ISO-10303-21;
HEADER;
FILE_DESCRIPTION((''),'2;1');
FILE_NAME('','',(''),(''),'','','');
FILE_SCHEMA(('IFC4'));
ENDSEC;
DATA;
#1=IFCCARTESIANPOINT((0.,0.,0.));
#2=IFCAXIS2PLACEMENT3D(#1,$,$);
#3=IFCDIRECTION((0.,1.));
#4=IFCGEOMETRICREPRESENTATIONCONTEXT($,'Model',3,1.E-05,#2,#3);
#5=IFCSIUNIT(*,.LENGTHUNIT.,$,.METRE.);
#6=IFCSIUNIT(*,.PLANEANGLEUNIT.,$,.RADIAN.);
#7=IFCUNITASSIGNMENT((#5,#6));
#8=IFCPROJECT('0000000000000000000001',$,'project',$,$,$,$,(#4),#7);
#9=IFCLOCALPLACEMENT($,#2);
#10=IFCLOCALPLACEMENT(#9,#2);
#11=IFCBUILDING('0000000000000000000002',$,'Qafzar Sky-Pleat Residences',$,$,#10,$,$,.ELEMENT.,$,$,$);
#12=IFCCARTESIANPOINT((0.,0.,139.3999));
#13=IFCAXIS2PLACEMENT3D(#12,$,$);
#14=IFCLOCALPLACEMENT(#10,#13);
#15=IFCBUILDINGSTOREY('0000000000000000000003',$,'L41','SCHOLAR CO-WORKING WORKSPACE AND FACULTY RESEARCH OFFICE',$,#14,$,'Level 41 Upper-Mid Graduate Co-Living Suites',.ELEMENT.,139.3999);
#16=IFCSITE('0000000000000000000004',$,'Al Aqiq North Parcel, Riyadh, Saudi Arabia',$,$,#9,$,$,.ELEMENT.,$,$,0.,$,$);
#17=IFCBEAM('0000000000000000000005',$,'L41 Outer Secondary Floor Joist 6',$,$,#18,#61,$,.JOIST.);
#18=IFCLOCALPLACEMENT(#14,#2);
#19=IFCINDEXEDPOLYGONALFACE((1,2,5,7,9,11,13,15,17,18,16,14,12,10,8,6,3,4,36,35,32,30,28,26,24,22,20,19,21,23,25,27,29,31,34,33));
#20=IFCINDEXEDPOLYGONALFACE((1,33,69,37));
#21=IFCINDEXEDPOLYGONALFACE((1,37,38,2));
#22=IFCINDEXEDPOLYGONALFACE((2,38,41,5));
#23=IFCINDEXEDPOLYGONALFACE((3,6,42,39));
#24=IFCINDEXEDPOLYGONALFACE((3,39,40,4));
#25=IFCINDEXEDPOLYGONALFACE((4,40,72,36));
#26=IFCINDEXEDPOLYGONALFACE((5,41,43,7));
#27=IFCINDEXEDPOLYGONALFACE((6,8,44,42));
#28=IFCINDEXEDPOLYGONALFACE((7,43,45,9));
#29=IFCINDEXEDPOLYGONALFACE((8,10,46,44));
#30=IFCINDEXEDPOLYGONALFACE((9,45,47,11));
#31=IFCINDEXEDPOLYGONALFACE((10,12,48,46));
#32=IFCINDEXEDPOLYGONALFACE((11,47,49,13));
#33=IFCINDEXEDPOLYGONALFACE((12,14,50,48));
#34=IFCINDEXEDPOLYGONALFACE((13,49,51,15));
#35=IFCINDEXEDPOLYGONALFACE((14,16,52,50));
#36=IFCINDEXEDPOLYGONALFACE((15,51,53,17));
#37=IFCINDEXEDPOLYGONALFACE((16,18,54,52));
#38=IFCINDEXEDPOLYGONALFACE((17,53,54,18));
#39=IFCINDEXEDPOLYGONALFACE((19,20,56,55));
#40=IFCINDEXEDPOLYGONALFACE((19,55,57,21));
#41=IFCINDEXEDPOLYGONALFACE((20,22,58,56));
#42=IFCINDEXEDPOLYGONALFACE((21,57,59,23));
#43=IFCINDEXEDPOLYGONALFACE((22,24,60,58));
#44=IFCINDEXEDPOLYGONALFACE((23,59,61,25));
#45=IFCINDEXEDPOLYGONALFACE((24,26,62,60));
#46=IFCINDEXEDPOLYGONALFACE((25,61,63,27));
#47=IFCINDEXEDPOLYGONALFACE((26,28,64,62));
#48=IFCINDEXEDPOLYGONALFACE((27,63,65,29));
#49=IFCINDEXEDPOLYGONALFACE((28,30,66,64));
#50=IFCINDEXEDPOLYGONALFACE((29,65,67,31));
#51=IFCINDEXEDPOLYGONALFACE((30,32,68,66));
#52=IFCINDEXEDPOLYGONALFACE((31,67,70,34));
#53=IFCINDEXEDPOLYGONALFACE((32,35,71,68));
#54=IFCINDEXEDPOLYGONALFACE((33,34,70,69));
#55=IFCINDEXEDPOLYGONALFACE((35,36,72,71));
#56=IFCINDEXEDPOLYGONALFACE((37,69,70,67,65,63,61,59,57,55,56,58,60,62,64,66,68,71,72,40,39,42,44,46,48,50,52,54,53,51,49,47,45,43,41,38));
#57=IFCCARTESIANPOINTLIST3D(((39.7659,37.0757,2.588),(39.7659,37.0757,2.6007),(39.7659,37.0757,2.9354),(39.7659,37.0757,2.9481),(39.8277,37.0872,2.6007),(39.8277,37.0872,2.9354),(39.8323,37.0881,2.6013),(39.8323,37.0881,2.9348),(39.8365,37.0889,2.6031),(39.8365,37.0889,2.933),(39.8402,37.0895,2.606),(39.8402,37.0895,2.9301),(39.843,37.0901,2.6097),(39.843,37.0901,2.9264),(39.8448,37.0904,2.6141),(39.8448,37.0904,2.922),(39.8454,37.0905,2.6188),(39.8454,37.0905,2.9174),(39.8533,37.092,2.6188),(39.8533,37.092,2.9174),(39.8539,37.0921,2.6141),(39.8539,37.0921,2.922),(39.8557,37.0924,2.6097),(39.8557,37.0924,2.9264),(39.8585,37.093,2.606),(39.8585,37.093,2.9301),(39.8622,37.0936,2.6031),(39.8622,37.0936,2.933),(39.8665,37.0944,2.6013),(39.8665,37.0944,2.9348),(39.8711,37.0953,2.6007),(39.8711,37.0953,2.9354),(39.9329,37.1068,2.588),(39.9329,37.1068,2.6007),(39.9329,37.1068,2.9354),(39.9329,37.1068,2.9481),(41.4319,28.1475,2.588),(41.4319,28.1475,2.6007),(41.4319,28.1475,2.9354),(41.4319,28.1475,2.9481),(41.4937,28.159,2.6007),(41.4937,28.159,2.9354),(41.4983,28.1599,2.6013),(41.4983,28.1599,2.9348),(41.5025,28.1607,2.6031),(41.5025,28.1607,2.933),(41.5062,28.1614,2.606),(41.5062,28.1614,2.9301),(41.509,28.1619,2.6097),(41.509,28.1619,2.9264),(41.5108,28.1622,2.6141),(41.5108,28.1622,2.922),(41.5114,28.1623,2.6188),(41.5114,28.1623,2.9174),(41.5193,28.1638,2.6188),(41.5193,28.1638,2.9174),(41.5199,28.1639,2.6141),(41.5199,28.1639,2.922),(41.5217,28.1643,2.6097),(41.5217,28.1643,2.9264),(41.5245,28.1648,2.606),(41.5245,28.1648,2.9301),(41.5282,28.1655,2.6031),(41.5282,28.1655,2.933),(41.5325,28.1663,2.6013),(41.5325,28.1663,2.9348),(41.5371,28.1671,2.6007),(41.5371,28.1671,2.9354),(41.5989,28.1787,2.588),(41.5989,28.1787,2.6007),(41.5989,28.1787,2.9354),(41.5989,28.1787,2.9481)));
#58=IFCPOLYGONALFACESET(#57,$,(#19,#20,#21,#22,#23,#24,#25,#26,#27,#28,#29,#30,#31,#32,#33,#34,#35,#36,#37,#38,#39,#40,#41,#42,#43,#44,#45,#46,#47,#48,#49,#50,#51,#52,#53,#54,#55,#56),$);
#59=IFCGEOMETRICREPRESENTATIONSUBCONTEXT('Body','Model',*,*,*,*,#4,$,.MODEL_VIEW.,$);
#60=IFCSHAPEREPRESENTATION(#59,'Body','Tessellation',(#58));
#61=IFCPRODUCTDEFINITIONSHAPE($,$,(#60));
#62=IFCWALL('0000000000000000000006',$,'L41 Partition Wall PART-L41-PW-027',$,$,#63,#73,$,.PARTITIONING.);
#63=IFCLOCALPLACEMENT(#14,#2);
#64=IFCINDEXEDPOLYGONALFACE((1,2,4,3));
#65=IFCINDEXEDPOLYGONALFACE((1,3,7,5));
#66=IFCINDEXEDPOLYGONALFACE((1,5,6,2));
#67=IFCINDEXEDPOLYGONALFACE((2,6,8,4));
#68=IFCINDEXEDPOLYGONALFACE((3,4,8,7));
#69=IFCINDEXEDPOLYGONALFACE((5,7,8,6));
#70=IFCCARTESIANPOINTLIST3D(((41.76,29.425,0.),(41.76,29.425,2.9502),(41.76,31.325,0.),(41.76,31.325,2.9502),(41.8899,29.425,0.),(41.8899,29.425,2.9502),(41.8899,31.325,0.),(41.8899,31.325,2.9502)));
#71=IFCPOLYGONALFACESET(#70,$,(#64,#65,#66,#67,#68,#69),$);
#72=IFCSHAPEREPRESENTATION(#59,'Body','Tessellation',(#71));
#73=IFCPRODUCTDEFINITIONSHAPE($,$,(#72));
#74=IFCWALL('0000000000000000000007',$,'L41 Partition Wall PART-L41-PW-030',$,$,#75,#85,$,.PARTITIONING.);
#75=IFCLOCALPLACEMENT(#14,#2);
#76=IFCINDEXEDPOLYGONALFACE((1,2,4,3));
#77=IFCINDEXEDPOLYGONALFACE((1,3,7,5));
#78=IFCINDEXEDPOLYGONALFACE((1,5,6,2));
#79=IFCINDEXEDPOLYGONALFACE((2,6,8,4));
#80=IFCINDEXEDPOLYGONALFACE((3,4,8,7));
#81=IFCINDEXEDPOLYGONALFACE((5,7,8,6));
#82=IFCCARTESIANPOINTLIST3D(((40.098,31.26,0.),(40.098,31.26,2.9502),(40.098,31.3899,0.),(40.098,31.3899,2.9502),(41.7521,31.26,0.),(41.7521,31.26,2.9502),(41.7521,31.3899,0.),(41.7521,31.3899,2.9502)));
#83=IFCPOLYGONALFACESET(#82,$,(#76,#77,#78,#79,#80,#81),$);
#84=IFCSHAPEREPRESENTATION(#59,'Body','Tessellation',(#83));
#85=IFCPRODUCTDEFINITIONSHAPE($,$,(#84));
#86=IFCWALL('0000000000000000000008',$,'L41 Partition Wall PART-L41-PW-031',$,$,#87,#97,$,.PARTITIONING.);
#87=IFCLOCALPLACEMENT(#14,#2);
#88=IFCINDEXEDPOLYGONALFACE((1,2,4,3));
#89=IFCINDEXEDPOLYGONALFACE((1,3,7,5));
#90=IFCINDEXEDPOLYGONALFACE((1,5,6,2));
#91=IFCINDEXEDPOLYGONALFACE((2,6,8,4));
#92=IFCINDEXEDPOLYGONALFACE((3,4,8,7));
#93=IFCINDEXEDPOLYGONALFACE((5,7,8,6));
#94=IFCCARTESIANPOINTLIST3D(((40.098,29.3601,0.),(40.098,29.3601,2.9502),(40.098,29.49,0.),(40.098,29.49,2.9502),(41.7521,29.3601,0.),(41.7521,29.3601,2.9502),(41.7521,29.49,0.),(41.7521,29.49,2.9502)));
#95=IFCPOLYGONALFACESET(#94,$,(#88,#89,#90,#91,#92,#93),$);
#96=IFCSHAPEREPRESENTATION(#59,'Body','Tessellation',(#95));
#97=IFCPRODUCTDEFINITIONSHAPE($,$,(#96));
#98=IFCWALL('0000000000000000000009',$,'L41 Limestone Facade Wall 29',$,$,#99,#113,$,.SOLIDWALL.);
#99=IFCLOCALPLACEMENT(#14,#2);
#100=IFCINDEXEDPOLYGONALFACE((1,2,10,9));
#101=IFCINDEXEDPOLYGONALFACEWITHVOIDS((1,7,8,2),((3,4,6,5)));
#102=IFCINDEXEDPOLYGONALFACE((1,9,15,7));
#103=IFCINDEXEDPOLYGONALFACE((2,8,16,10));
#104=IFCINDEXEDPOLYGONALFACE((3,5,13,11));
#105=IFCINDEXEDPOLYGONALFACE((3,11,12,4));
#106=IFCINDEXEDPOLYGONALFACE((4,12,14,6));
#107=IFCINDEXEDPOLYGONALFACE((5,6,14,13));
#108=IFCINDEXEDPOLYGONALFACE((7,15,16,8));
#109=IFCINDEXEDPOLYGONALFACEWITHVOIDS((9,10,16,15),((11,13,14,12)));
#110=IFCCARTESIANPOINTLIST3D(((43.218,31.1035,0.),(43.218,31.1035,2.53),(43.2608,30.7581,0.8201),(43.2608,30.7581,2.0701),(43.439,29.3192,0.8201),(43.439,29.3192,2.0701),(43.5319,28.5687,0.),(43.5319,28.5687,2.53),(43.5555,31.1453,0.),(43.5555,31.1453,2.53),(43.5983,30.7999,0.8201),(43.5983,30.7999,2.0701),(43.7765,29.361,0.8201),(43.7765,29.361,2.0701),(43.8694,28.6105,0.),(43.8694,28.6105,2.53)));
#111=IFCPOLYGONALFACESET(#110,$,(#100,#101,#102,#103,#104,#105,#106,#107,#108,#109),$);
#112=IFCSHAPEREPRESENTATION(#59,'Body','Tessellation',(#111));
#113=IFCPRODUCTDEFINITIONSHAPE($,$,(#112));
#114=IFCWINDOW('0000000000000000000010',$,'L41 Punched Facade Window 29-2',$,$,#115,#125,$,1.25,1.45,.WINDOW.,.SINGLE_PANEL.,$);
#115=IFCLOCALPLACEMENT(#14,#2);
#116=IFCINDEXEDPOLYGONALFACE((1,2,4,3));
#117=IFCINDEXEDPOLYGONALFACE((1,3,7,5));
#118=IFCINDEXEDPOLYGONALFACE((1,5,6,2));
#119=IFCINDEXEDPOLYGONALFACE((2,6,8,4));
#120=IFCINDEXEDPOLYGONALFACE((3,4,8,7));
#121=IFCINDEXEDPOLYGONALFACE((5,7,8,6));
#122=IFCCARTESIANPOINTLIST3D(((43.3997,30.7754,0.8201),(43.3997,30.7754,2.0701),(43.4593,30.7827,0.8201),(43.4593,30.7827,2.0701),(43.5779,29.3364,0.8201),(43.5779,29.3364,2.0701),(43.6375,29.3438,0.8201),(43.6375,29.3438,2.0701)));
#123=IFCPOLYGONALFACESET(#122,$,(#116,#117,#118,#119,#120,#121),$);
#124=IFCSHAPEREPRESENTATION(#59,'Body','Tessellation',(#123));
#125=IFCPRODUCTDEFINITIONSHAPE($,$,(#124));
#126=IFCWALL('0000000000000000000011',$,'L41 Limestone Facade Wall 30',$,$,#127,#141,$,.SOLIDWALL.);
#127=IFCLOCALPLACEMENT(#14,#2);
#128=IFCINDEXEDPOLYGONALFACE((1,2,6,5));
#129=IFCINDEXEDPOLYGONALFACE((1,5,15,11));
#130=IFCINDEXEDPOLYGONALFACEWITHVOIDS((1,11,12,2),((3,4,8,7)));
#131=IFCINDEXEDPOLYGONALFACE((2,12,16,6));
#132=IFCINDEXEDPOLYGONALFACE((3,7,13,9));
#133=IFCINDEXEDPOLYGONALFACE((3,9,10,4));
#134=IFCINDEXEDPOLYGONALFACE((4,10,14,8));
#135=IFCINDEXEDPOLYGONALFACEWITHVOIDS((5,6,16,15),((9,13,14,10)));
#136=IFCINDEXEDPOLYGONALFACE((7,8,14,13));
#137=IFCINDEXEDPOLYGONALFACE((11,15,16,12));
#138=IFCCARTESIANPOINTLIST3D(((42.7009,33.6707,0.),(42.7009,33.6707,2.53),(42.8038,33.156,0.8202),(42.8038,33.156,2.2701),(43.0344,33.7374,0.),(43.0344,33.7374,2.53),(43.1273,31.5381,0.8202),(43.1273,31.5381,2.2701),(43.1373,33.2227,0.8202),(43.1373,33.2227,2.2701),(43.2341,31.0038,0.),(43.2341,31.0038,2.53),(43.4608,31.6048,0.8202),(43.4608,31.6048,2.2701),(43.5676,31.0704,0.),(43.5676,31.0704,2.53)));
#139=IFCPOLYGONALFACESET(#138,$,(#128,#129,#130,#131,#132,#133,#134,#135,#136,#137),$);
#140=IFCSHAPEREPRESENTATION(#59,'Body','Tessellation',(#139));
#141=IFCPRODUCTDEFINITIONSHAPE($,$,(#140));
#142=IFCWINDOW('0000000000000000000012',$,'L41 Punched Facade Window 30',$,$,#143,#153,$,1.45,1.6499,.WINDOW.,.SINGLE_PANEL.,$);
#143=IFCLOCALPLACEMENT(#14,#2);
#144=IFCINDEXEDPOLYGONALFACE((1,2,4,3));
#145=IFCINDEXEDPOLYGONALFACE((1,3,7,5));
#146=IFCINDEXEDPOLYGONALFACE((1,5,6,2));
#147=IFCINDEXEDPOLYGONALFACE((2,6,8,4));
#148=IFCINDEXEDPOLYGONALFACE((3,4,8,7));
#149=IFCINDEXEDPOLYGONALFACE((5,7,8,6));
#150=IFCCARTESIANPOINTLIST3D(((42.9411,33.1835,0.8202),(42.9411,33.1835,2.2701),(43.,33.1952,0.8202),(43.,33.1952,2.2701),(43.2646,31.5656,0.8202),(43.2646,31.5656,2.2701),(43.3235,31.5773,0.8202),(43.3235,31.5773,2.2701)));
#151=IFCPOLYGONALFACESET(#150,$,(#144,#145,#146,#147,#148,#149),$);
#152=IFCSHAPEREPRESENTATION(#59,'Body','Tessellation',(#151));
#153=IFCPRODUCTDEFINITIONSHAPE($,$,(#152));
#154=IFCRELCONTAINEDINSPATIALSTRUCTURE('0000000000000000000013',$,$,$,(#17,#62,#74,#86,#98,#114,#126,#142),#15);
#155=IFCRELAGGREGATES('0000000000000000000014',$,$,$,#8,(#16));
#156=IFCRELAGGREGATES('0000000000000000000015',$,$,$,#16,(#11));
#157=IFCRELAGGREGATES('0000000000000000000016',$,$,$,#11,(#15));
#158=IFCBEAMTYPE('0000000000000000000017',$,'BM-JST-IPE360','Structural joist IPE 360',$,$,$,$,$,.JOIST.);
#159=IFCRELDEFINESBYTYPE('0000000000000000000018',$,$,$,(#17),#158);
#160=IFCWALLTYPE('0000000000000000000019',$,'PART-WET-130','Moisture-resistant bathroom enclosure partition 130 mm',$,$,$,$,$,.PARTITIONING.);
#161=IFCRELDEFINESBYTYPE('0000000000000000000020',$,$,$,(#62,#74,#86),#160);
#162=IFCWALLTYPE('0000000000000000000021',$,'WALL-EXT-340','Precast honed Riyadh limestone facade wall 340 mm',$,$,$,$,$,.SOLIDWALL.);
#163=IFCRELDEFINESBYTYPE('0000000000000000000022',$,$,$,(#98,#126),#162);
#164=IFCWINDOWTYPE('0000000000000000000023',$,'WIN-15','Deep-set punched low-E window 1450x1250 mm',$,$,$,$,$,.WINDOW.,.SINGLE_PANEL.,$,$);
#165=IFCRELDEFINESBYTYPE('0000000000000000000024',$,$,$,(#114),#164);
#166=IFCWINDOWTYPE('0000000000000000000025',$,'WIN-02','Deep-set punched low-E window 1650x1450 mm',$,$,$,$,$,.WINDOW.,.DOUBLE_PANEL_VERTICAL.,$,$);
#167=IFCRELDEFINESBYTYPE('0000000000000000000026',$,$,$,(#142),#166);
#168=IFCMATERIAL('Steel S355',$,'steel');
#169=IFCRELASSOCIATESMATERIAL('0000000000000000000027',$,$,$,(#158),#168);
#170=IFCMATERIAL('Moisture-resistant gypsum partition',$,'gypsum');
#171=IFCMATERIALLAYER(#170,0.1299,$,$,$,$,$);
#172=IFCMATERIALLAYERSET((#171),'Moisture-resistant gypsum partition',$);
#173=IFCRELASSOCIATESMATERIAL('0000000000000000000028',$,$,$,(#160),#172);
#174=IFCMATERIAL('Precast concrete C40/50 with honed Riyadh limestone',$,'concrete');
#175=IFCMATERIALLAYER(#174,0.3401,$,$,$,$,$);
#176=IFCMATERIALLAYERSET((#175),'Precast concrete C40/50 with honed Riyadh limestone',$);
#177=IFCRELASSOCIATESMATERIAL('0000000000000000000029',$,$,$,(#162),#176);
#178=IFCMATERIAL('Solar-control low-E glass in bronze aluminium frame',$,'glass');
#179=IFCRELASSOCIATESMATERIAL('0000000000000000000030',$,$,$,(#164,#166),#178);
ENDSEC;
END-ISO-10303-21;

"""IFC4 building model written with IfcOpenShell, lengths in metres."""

from ifc_helpers import new_model, si_unit, direction, frame, frame_2d, origin, origin_2d, place, context, subcontext, project, spatial, rectangle, i_section, extrude, source, transform, mapped, material, layer, layer_set, material_profile, profile_set, type_object, element, fill, save


model = new_model("IFC4")

# Units and contexts
model_context = context("Model", 3, precision=1e-05, world=origin(), true_north=direction((0.0, 1.0)))
body_context = subcontext(model_context, "Body", "Model", "MODEL_VIEW")
ifc_project = project(units=[si_unit("LENGTHUNIT", "METRE"), si_unit("PLANEANGLEUNIT", "RADIAN")], contexts=[model_context])

# Site, building, storey
site_placement = place(None, origin())
site = spatial("IfcSite", under=ifc_project, at=site_placement, Name="Al Aqiq North Parcel, Riyadh, Saudi Arabia", CompositionType="ELEMENT", RefElevation=0.0)
building_placement = place(site_placement, origin())
building = spatial("IfcBuilding", under=site, at=building_placement, Name="Qafzar Sky-Pleat Residences", CompositionType="ELEMENT")
storey_placement = place(building_placement, frame((0.0, 0.0, 139.3999)))
storey = spatial("IfcBuildingStorey", under=building, at=storey_placement, Name="L41", Description="SCHOLAR CO-WORKING WORKSPACE AND FACULTY RESEARCH OFFICE", LongName="Level 41 Upper-Mid Graduate Co-Living Suites", CompositionType="ELEMENT", Elevation=139.3999)

# Shared definitions
ifc_material_1 = material(Name="Steel S355", Category="steel")

# Beam
ifc_material_profile_1 = material_profile(ifc_material_1, i_section(OverallWidth=0.1699, OverallDepth=0.3601, WebThickness=0.0081, FlangeThickness=0.0127, FilletRadius=0.0181, at=origin_2d()), Name="IPE 360")
ifc_profile_set_1 = profile_set([ifc_material_profile_1], Name="Steel S355")
beam_type_1 = type_object("IfcBeamType", Name="BM-JST-IPE360", Description="Structural joist IPE 360", PredefinedType="JOIST", material=ifc_profile_set_1)
shared_shape_1 = source(origin(), body_context, "Body", "SweptSolid", [
    extrude(i_section(OverallWidth=0.1699, OverallDepth=0.3601, WebThickness=0.0081, FlangeThickness=0.0127, FilletRadius=0.0181, at=origin_2d()), origin(), (0.0, 0.0, 1.0), 9.0823),
])
beam_1_placement = place(storey_placement, frame((41.5154, 28.1631, 2.7681), z_axis=(-0.183435, 0.983032, 0.0), x_axis=(-0.983032, -0.183435, 0.0)))
element("IfcBeam", 1, at=beam_1_placement, inside=storey, type_object=beam_type_1, Name="L41 Outer Secondary Floor Joist 6", PredefinedType="JOIST", context=body_context, shape_type="MappedRepresentation", body=[
    mapped(shared_shape_1, transform((0.0, 0.0, 0.0), x_axis=(1.0, 0.0, 0.0), y_axis=(0.0, 1.0, 0.0), z_axis=(0.0, 0.0, 1.0), scale=1.0)),
])

# Walls
ifc_material_2 = material(Name="Moisture-resistant gypsum partition", Category="gypsum")
ifc_layer_1 = layer(ifc_material_2, 0.1299)
ifc_layer_set_1 = layer_set([ifc_layer_1], Name="Moisture-resistant gypsum partition")
wall_type_1 = type_object("IfcWallType", Name="PART-WET-130", Description="Moisture-resistant bathroom enclosure partition 130 mm", PredefinedType="PARTITIONING", material=ifc_layer_set_1)
wall_1_placement = place(storey_placement, frame((41.825, 29.425, 0.0), z_axis=(0.0, 0.0, 1.0), x_axis=(0.0, 1.0, 0.0)))
element("IfcWall", 2, at=wall_1_placement, inside=storey, type_object=wall_type_1, Name="L41 Partition Wall PART-L41-PW-027", PredefinedType="PARTITIONING", context=body_context, shape_type="SweptSolid", body=[
    extrude(rectangle(XDim=1.8999, YDim=0.1299, at=frame_2d((0.95, 0.0))), origin(), (0.0, 0.0, 1.0), 2.9502),
])
for number, where, z_axis, x_axis, name in (
    (3, (40.0979, 31.325, 0.0), (0.0, 0.0, 1.0), (1.0, 0.0, 0.0), "L41 Partition Wall PART-L41-PW-030"),
    (4, (40.0979, 29.425, 0.0), (0.0, 0.0, 1.0), (1.0, 0.0, 0.0), "L41 Partition Wall PART-L41-PW-031"),
):
    element("IfcWall", number, at=place(storey_placement, frame(where, z_axis=z_axis, x_axis=x_axis)), inside=storey, type_object=wall_type_1, Name=name, PredefinedType="PARTITIONING", context=body_context, shape_type="SweptSolid", body=[
        extrude(rectangle(XDim=1.6541, YDim=0.1299, at=frame_2d((0.8271, 0.0))), origin(), (0.0, 0.0, 1.0), 2.9502),
    ])

# Walls, openings, windows
ifc_material_3 = material(Name="Precast concrete C40/50 with honed Riyadh limestone", Category="concrete")
ifc_layer_2 = layer(ifc_material_3, 0.3401)
ifc_layer_set_2 = layer_set([ifc_layer_2], Name="Precast concrete C40/50 with honed Riyadh limestone")
wall_type_2 = type_object("IfcWallType", Name="WALL-EXT-340", Description="Precast honed Riyadh limestone facade wall 340 mm", PredefinedType="SOLIDWALL", material=ifc_layer_set_2)
wall_2_placement = place(storey_placement, frame((43.7007, 28.5896, 0.0), z_axis=(0.0, 0.0, 1.0), x_axis=(-0.122917, 0.992417, 0.0)))
wall_2 = element("IfcWall", 5, at=wall_2_placement, inside=storey, type_object=wall_type_2, Name="L41 Limestone Facade Wall 29", PredefinedType="SOLIDWALL", context=body_context, shape_type="SweptSolid", body=[
    extrude(rectangle(XDim=2.5542, YDim=0.3401, at=frame_2d((1.2771, 0.0))), origin(), (0.0, 0.0, 1.0), 2.53),
])
opening_1_placement = place(wall_2_placement, frame((0.7561, 0.0, 0.8201)))
opening_1 = element("IfcOpeningElement", 6, at=opening_1_placement, cuts=wall_2, PredefinedType="OPENING", context=body_context, shape_type="SweptSolid", body=[
    extrude(rectangle(XDim=1.45, YDim=1.25, at=frame_2d((0.7251, 0.625))), frame((0.0, 0.1802, 0.0), z_axis=(0.0, -1.0, 0.0), x_axis=(1.0, 0.0, 0.0)), (0.0, 0.0, 1.0), 0.3601),
])
ifc_material_4 = material(Name="Solar-control low-E glass in bronze aluminium frame", Category="glass")
window_type_1 = type_object("IfcWindowType", Name="WIN-15", Description="Deep-set punched low-E window 1450x1250 mm", PartitioningType="SINGLE_PANEL", PredefinedType="WINDOW", material=ifc_material_4)
shared_shape_2 = source(origin(), body_context, "Body", "SweptSolid", [
    extrude(rectangle(XDim=1.45, YDim=1.25, at=frame_2d((0.7251, 0.625))), frame((0.0, 0.03, 0.0), z_axis=(0.0, -1.0, 0.0), x_axis=(1.0, 0.0, 0.0)), (0.0, 0.0, 1.0), 0.0601),
])
window_1_placement = place(opening_1_placement, origin())
window_1 = element("IfcWindow", 7, at=window_1_placement, inside=storey, type_object=window_type_1, Name="L41 Punched Facade Window 29-2", OverallHeight=1.25, OverallWidth=1.45, PartitioningType="SINGLE_PANEL", PredefinedType="WINDOW", context=body_context, shape_type="MappedRepresentation", body=[
    mapped(shared_shape_2, transform((0.0, 0.0, 0.0), x_axis=(1.0, 0.0, 0.0), y_axis=(0.0, 1.0, 0.0), z_axis=(0.0, 0.0, 1.0), scale=1.0)),
])
fill(opening_1, window_1)
wall_3_placement = place(storey_placement, frame((43.4009, 31.0371, 0.0), z_axis=(0.0, 0.0, 1.0), x_axis=(-0.196047, 0.980594, 0.0)))
wall_3 = element("IfcWall", 8, at=wall_3_placement, inside=storey, type_object=wall_type_2, Name="L41 Limestone Facade Wall 30", PredefinedType="SOLIDWALL", context=body_context, shape_type="SweptSolid", body=[
    extrude(rectangle(XDim=2.7197, YDim=0.3401, at=frame_2d((1.3599, 0.0))), origin(), (0.0, 0.0, 1.0), 2.53),
])
opening_2_placement = place(wall_3_placement, frame((0.5449, 0.0, 0.8201)))
opening_2 = element("IfcOpeningElement", 9, at=opening_2_placement, cuts=wall_3, PredefinedType="OPENING", context=body_context, shape_type="SweptSolid", body=[
    extrude(rectangle(XDim=1.6499, YDim=1.45, at=frame_2d((0.825, 0.7251))), frame((0.0, 0.1802, 0.0), z_axis=(0.0, -1.0, 0.0), x_axis=(1.0, 0.0, 0.0)), (0.0, 0.0, 1.0), 0.3601),
])
window_type_2 = type_object("IfcWindowType", Name="WIN-02", Description="Deep-set punched low-E window 1650x1450 mm", PartitioningType="DOUBLE_PANEL_VERTICAL", PredefinedType="WINDOW", material=ifc_material_4)
shared_shape_3 = source(origin(), body_context, "Body", "SweptSolid", [
    extrude(rectangle(XDim=1.6499, YDim=1.45, at=frame_2d((0.825, 0.7251))), frame((0.0, 0.03, 0.0), z_axis=(0.0, -1.0, 0.0), x_axis=(1.0, 0.0, 0.0)), (0.0, 0.0, 1.0), 0.0601),
])
window_2_placement = place(opening_2_placement, origin())
window_2 = element("IfcWindow", 10, at=window_2_placement, inside=storey, type_object=window_type_2, Name="L41 Punched Facade Window 30", OverallHeight=1.45, OverallWidth=1.6499, PartitioningType="SINGLE_PANEL", PredefinedType="WINDOW", context=body_context, shape_type="MappedRepresentation", body=[
    mapped(shared_shape_3, transform((0.0, 0.0, 0.0), x_axis=(1.0, 0.0, 0.0), y_axis=(0.0, 1.0, 0.0), z_axis=(0.0, 0.0, 1.0), scale=1.0)),
])
fill(opening_2, window_2)

save(model, "model.ifc")
